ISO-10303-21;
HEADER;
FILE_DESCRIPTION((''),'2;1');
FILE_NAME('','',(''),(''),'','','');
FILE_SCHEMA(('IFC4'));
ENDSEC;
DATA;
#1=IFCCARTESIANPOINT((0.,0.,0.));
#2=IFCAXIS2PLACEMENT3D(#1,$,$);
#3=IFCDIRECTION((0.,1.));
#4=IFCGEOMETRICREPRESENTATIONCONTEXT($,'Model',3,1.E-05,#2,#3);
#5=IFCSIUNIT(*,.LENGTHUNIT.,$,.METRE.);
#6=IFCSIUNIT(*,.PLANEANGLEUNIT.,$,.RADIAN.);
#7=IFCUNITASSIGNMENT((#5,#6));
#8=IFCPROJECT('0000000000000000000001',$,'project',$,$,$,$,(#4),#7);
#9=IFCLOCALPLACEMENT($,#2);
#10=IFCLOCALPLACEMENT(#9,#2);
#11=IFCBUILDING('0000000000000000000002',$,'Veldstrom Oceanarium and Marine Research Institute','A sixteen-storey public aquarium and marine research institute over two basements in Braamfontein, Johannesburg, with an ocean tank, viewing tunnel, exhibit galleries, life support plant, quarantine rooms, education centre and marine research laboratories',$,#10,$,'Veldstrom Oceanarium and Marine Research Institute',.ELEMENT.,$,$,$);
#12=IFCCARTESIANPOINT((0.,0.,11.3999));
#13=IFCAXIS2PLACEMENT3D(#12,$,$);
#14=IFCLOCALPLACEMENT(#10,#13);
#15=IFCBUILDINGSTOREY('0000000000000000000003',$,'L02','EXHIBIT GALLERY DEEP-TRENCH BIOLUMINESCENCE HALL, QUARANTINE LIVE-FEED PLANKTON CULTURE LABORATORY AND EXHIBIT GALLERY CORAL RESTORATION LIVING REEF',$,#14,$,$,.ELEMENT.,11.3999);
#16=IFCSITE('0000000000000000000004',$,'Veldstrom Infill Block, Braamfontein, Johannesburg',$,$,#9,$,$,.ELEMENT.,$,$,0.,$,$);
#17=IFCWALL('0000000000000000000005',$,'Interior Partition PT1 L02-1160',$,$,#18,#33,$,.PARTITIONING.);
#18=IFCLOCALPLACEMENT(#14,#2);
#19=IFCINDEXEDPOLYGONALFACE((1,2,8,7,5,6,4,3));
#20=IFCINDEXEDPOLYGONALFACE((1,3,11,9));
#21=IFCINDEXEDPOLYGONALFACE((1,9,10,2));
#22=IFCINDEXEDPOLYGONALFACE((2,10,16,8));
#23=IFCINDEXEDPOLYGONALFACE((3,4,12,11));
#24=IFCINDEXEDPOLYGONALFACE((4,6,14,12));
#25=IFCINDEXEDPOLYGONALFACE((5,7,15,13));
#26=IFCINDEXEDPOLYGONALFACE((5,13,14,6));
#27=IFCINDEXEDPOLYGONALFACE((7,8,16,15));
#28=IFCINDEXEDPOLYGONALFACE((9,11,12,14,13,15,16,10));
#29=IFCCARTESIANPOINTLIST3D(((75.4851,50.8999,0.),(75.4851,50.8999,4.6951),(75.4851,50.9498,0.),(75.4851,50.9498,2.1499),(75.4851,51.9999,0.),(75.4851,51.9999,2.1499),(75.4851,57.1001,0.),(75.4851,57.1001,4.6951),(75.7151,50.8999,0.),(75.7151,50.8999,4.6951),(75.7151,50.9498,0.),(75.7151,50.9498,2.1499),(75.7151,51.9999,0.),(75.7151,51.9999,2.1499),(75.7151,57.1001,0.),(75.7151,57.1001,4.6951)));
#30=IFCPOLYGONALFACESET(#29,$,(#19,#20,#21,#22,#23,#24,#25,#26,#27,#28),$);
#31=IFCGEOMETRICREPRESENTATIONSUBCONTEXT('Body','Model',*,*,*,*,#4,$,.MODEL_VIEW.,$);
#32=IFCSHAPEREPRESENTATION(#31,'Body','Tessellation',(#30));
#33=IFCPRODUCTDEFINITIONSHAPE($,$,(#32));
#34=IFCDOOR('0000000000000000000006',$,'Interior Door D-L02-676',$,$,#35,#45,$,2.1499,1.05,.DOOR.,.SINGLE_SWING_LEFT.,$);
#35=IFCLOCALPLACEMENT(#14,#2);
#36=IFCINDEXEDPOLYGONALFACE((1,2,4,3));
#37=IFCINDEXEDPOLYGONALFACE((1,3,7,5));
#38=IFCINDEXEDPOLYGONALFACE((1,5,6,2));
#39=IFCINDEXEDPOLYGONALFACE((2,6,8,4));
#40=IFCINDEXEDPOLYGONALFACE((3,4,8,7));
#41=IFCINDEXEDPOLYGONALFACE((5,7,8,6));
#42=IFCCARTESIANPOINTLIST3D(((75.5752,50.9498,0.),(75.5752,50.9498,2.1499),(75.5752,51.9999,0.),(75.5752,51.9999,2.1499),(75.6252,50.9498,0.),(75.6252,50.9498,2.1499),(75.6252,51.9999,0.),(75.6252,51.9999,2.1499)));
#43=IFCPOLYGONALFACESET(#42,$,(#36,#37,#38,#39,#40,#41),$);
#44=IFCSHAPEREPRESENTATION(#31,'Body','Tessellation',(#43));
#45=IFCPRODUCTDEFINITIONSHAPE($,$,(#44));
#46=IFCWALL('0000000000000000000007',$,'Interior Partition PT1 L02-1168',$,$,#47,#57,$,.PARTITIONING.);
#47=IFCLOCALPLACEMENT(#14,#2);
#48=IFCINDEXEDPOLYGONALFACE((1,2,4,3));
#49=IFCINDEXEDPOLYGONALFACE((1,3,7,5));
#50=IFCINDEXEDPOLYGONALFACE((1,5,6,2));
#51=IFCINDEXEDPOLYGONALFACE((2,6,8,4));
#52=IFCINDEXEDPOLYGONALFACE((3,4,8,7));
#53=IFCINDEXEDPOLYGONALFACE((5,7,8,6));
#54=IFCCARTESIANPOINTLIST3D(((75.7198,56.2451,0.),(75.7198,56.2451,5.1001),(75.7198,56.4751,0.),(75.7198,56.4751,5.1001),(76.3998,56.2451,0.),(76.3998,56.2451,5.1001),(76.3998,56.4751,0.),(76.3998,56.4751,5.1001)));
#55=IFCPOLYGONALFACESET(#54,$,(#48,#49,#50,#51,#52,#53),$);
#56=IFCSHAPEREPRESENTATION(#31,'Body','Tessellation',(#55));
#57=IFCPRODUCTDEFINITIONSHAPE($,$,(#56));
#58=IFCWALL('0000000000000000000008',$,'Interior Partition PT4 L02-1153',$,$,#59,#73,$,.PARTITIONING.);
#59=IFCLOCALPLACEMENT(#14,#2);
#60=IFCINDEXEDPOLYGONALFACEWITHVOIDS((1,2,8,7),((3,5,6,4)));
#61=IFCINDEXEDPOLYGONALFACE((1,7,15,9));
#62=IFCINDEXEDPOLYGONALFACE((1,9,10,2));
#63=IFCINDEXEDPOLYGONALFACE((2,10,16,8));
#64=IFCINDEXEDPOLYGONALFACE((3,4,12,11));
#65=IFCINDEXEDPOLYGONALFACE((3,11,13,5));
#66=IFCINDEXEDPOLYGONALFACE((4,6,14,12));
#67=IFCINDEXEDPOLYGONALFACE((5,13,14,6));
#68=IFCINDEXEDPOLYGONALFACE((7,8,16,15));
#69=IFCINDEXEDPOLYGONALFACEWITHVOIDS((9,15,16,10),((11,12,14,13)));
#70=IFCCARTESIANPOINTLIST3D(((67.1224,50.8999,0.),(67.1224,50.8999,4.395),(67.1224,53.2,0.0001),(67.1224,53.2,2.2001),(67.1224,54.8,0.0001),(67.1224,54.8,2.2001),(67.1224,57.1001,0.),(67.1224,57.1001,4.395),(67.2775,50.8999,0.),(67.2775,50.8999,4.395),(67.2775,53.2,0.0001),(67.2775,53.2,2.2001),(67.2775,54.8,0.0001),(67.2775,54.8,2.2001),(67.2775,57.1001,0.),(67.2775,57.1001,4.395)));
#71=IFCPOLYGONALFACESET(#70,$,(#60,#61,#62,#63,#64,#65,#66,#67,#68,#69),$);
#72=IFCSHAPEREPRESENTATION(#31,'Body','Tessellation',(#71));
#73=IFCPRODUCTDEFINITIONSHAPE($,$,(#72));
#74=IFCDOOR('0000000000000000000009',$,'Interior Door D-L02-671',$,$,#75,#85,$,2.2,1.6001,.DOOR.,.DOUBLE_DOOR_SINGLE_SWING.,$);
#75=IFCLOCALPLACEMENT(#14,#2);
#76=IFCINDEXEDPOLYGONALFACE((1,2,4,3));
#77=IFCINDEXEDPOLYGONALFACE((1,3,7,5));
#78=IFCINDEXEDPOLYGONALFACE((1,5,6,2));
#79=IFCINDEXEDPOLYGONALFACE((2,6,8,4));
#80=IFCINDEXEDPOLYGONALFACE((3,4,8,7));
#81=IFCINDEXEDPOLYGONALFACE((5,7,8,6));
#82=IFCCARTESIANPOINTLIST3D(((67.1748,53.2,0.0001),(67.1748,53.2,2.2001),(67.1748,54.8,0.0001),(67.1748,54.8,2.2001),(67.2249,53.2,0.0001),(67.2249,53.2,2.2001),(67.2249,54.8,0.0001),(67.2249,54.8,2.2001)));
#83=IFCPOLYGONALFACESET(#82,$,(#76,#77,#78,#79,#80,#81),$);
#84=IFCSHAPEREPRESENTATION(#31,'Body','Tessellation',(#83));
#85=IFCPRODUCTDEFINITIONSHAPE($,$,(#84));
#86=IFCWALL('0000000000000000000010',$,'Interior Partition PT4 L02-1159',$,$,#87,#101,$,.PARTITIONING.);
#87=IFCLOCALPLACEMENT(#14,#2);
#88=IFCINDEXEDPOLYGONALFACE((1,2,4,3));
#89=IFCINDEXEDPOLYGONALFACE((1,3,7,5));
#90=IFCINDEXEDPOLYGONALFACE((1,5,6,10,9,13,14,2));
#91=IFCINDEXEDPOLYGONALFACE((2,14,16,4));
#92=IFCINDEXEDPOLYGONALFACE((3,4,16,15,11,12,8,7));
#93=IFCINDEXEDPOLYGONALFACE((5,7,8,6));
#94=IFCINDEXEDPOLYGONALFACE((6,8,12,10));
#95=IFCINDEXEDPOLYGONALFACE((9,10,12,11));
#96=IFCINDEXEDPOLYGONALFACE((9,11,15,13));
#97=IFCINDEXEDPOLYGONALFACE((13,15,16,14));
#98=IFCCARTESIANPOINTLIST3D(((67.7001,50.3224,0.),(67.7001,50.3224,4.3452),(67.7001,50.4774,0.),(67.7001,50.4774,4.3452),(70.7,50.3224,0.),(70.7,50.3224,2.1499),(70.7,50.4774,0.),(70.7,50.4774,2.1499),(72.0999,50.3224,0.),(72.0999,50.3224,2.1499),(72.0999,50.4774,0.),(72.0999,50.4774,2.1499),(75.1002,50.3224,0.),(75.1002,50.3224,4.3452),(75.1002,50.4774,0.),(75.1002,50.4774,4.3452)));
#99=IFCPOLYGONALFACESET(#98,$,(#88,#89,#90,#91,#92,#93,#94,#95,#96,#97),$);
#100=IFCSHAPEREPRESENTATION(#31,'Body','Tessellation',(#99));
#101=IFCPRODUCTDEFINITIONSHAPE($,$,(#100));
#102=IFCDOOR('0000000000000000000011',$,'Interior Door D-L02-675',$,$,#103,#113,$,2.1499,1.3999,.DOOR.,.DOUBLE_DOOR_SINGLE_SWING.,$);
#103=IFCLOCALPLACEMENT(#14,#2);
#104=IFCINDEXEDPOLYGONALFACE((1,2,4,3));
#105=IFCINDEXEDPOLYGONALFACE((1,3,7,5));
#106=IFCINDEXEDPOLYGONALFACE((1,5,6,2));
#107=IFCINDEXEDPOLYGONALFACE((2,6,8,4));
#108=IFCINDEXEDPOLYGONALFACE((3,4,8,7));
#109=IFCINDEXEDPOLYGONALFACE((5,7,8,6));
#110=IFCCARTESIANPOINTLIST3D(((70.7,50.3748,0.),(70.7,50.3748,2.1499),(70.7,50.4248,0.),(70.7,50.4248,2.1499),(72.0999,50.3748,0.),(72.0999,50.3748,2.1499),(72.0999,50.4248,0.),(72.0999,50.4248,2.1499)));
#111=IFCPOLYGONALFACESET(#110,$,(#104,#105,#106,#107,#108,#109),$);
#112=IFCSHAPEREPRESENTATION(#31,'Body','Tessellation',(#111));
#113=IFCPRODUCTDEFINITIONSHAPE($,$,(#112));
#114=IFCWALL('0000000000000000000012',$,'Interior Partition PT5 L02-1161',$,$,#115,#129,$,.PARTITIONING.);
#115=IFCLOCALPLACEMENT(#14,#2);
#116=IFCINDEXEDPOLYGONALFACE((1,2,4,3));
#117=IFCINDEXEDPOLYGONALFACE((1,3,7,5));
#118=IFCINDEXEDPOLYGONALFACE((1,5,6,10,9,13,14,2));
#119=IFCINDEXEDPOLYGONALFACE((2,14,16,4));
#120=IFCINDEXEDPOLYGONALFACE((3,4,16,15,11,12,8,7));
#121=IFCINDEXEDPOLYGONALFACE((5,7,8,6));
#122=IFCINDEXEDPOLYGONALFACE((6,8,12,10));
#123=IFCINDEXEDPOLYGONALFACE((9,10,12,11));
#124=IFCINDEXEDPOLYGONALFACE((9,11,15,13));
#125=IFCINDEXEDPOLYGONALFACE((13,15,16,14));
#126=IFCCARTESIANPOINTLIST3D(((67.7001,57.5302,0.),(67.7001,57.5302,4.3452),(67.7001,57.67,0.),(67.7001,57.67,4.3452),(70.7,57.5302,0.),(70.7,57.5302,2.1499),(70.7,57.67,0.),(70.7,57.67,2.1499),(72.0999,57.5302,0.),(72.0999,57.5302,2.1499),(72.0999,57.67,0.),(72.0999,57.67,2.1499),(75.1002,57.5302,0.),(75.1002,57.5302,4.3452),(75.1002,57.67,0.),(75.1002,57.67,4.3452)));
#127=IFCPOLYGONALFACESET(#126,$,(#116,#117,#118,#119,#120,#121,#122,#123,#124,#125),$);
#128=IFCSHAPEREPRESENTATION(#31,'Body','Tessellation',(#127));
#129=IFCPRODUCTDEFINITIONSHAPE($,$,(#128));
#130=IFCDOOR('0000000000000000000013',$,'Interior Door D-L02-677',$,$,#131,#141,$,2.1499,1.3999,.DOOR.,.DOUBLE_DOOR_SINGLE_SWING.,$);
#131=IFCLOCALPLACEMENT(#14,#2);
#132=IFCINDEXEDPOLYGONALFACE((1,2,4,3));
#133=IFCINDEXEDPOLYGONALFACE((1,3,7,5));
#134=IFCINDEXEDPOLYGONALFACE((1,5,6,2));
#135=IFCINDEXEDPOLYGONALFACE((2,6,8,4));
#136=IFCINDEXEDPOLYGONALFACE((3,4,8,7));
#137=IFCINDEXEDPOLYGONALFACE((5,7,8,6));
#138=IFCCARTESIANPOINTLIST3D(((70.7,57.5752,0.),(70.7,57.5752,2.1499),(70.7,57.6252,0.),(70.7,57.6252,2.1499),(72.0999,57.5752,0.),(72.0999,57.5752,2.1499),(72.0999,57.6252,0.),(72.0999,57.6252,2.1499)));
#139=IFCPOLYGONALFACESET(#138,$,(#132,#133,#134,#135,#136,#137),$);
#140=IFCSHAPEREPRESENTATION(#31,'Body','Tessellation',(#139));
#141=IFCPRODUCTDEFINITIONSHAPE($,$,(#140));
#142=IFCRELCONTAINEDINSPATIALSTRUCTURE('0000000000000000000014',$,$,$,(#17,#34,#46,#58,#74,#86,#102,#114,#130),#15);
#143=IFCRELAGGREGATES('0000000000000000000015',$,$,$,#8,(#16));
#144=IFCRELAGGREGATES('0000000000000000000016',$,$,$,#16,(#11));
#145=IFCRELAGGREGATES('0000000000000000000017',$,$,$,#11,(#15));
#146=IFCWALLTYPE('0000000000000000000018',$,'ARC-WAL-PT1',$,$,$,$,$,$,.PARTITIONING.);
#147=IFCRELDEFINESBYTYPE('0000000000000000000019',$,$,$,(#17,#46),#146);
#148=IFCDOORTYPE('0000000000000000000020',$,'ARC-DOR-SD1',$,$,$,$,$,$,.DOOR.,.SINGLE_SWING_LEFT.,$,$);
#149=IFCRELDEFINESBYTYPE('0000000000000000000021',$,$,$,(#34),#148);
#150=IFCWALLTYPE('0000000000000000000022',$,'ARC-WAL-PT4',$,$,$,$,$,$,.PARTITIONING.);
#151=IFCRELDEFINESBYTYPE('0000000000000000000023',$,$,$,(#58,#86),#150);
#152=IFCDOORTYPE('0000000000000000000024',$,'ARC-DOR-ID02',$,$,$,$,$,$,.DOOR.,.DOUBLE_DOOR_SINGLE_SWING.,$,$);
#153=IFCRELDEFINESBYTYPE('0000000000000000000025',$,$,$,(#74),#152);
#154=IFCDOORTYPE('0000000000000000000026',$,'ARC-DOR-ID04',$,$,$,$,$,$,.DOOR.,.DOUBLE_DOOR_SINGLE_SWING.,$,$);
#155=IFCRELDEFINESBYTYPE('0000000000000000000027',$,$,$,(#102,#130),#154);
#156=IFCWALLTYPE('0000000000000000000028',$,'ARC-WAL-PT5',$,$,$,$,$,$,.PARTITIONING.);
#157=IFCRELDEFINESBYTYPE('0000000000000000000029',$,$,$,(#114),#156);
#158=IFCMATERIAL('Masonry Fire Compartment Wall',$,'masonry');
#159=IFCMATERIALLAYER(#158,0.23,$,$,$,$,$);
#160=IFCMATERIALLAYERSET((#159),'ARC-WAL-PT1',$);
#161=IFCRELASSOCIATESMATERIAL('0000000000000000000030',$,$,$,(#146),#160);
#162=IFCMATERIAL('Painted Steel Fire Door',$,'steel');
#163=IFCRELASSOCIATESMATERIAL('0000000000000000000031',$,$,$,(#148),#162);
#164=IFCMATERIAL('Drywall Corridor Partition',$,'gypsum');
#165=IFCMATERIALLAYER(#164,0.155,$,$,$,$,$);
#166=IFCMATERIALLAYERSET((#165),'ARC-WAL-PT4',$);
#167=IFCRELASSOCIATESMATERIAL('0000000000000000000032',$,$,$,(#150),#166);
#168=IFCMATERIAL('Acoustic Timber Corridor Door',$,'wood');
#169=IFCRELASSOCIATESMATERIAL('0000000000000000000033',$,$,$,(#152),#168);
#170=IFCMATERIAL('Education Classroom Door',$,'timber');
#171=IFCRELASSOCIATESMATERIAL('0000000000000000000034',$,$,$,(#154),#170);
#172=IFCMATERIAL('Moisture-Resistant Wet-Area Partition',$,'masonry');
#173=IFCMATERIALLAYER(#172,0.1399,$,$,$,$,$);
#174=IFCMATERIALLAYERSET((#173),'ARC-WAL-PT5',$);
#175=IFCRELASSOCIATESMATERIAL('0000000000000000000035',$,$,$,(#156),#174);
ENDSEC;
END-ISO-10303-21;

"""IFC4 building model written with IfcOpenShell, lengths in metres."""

from ifc_helpers import new_model, si_unit, direction, frame, frame_2d, origin, place, context, subcontext, project, spatial, rectangle, extrude, material, layer, layer_set, type_object, element, fill, save


model = new_model("IFC4")

# Units and contexts
model_context = context("Model", 3, precision=1e-05, world=origin(), true_north=direction((0.0, 1.0)))
body_context = subcontext(model_context, "Body", "Model", "MODEL_VIEW")
ifc_project = project(units=[si_unit("LENGTHUNIT", "METRE"), si_unit("PLANEANGLEUNIT", "RADIAN")], contexts=[model_context])

# Site, building, storey
site_placement = place(None, origin())
site = spatial("IfcSite", under=ifc_project, at=site_placement, Name="Veldstrom Infill Block, Braamfontein, Johannesburg", CompositionType="ELEMENT", RefElevation=0.0)
building_placement = place(site_placement, origin())
building = spatial("IfcBuilding", under=site, at=building_placement, Name="Veldstrom Oceanarium and Marine Research Institute", Description="A sixteen-storey public aquarium and marine research institute over two basements in Braamfontein, Johannesburg, with an ocean tank, viewing tunnel, exhibit galleries, life support plant, quarantine rooms, education centre and marine research laboratories", LongName="Veldstrom Oceanarium and Marine Research Institute", CompositionType="ELEMENT")
storey_placement = place(building_placement, frame((0.0, 0.0, 11.3999)))
storey = spatial("IfcBuildingStorey", under=building, at=storey_placement, Name="L02", Description="EXHIBIT GALLERY DEEP-TRENCH BIOLUMINESCENCE HALL, QUARANTINE LIVE-FEED PLANKTON CULTURE LABORATORY AND EXHIBIT GALLERY CORAL RESTORATION LIVING REEF", CompositionType="ELEMENT", Elevation=11.3999)

# Wall, opening, door
ifc_material_1 = material(Name="Masonry Fire Compartment Wall", Category="masonry")
ifc_layer_1 = layer(ifc_material_1, 0.23)
ifc_layer_set_1 = layer_set([ifc_layer_1], Name="ARC-WAL-PT1")
wall_type_1 = type_object("IfcWallType", Name="ARC-WAL-PT1", PredefinedType="PARTITIONING", material=ifc_layer_set_1)
wall_1_placement = place(storey_placement, frame((75.6001, 50.8999, 0.0), z_axis=(0.0, 0.0, 1.0), x_axis=(0.0, 1.0, 0.0)))
wall_1 = element("IfcWall", 1, at=wall_1_placement, inside=storey, type_object=wall_type_1, Name="Interior Partition PT1 L02-1160", PredefinedType="PARTITIONING", context=body_context, shape_type="SweptSolid", body=[
    extrude(rectangle(XDim=6.2002, YDim=0.23, at=frame_2d((3.1001, 0.0))), origin(), (0.0, 0.0, 1.0), 4.6951),
])
opening_1_placement = place(wall_1_placement, frame((0.05, 0.0, 0.0)))
opening_1 = element("IfcOpeningElement", 2, at=opening_1_placement, cuts=wall_1, PredefinedType="OPENING", context=body_context, shape_type="SweptSolid", body=[
    extrude(rectangle(XDim=1.05, YDim=2.1499, at=frame_2d((0.5249, 1.075))), frame((0.0, 0.125, 0.0), z_axis=(0.0, -1.0, 0.0), x_axis=(1.0, 0.0, 0.0)), (0.0, 0.0, 1.0), 0.25),
])
ifc_material_2 = material(Name="Painted Steel Fire Door", Category="steel")
door_type_1 = type_object("IfcDoorType", Name="ARC-DOR-SD1", OperationType="SINGLE_SWING_LEFT", PredefinedType="DOOR", material=ifc_material_2)
door_1_placement = place(opening_1_placement, origin())
door_1 = element("IfcDoor", 3, at=door_1_placement, inside=storey, type_object=door_type_1, Name="Interior Door D-L02-676", OperationType="SINGLE_SWING_LEFT", OverallHeight=2.1499, OverallWidth=1.05, PredefinedType="DOOR", context=body_context, shape_type="SweptSolid", body=[
    extrude(rectangle(XDim=1.05, YDim=2.1499, at=frame_2d((0.5249, 1.075))), frame((0.0, 0.0249, 0.0), z_axis=(0.0, -1.0, 0.0), x_axis=(1.0, 0.0, 0.0)), (0.0, 0.0, 1.0), 0.05),
])
fill(opening_1, door_1)

# Wall
wall_2_placement = place(storey_placement, frame((75.72, 56.3601, 0.0), z_axis=(0.0, 0.0, 1.0), x_axis=(1.0, 0.0, 0.0)))
element("IfcWall", 4, at=wall_2_placement, inside=storey, type_object=wall_type_1, Name="Interior Partition PT1 L02-1168", PredefinedType="PARTITIONING", context=body_context, shape_type="SweptSolid", body=[
    extrude(rectangle(XDim=0.6799, YDim=0.23, at=frame_2d((0.3398, 0.0))), origin(), (0.0, 0.0, 1.0), 5.1001),
])

# Walls, openings, doors
ifc_material_3 = material(Name="Drywall Corridor Partition", Category="gypsum")
ifc_layer_2 = layer(ifc_material_3, 0.155)
ifc_layer_set_2 = layer_set([ifc_layer_2], Name="ARC-WAL-PT4")
wall_type_2 = type_object("IfcWallType", Name="ARC-WAL-PT4", PredefinedType="PARTITIONING", material=ifc_layer_set_2)
wall_3_placement = place(storey_placement, frame((67.2, 50.8999, 0.0), z_axis=(0.0, 0.0, 1.0), x_axis=(0.0, 1.0, 0.0)))
wall_3 = element("IfcWall", 5, at=wall_3_placement, inside=storey, type_object=wall_type_2, Name="Interior Partition PT4 L02-1153", PredefinedType="PARTITIONING", context=body_context, shape_type="SweptSolid", body=[
    extrude(rectangle(XDim=6.2002, YDim=0.155, at=frame_2d((3.1001, 0.0))), origin(), (0.0, 0.0, 1.0), 4.395),
])
opening_2_placement = place(wall_3_placement, frame((2.3, 0.0, 0.0)))
opening_2 = element("IfcOpeningElement", 6, at=opening_2_placement, cuts=wall_3, PredefinedType="OPENING", context=body_context, shape_type="SweptSolid", body=[
    extrude(rectangle(XDim=1.6001, YDim=2.2, at=frame_2d((0.8, 1.1001))), frame((0.0, 0.0874, 0.0), z_axis=(0.0, -1.0, 0.0), x_axis=(1.0, 0.0, 0.0)), (0.0, 0.0, 1.0), 0.175),
])
ifc_material_4 = material(Name="Acoustic Timber Corridor Door", Category="wood")
door_type_2 = type_object("IfcDoorType", Name="ARC-DOR-ID02", OperationType="DOUBLE_DOOR_SINGLE_SWING", PredefinedType="DOOR", material=ifc_material_4)
door_2_placement = place(opening_2_placement, frame((1.6001, 0.0, 0.0), z_axis=(0.0, 0.0, 1.0), x_axis=(-1.0, 0.0, 0.0)))
door_2 = element("IfcDoor", 7, at=door_2_placement, inside=storey, type_object=door_type_2, Name="Interior Door D-L02-671", OperationType="DOUBLE_DOOR_SINGLE_SWING", OverallHeight=2.2, OverallWidth=1.6001, PredefinedType="DOOR", context=body_context, shape_type="SweptSolid", body=[
    extrude(rectangle(XDim=1.6001, YDim=2.2, at=frame_2d((0.8, 1.1001))), frame((0.0, 0.0249, 0.0), z_axis=(0.0, -1.0, 0.0), x_axis=(1.0, 0.0, 0.0)), (0.0, 0.0, 1.0), 0.05),
])
fill(opening_2, door_2)
wall_4_placement = place(storey_placement, frame((67.7, 50.3999, 0.0), z_axis=(0.0, 0.0, 1.0), x_axis=(1.0, 0.0, 0.0)))
wall_4 = element("IfcWall", 8, at=wall_4_placement, inside=storey, type_object=wall_type_2, Name="Interior Partition PT4 L02-1159", PredefinedType="PARTITIONING", context=body_context, shape_type="SweptSolid", body=[
    extrude(rectangle(XDim=7.4001, YDim=0.155, at=frame_2d((3.7002, 0.0))), origin(), (0.0, 0.0, 1.0), 4.3452),
])
opening_3_placement = place(wall_4_placement, frame((3.0, 0.0, 0.0)))
opening_3 = element("IfcOpeningElement", 9, at=opening_3_placement, cuts=wall_4, PredefinedType="OPENING", context=body_context, shape_type="SweptSolid", body=[
    extrude(rectangle(XDim=1.3999, YDim=2.1499, at=frame_2d((0.7, 1.075))), frame((0.0, 0.0874, 0.0), z_axis=(0.0, -1.0, 0.0), x_axis=(1.0, 0.0, 0.0)), (0.0, 0.0, 1.0), 0.175),
])
ifc_material_5 = material(Name="Education Classroom Door", Category="timber")
door_type_3 = type_object("IfcDoorType", Name="ARC-DOR-ID04", OperationType="DOUBLE_DOOR_SINGLE_SWING", PredefinedType="DOOR", material=ifc_material_5)
door_3_placement = place(opening_3_placement, origin())
door_3 = element("IfcDoor", 10, at=door_3_placement, inside=storey, type_object=door_type_3, Name="Interior Door D-L02-675", OperationType="DOUBLE_DOOR_SINGLE_SWING", OverallHeight=2.1499, OverallWidth=1.3999, PredefinedType="DOOR", context=body_context, shape_type="SweptSolid", body=[
    extrude(rectangle(XDim=1.3999, YDim=2.1499, at=frame_2d((0.7, 1.075))), frame((0.0, 0.0249, 0.0), z_axis=(0.0, -1.0, 0.0), x_axis=(1.0, 0.0, 0.0)), (0.0, 0.0, 1.0), 0.05),
])
fill(opening_3, door_3)
ifc_material_6 = material(Name="Moisture-Resistant Wet-Area Partition", Category="masonry")
ifc_layer_3 = layer(ifc_material_6, 0.1399)
ifc_layer_set_3 = layer_set([ifc_layer_3], Name="ARC-WAL-PT5")
wall_type_3 = type_object("IfcWallType", Name="ARC-WAL-PT5", PredefinedType="PARTITIONING", material=ifc_layer_set_3)
wall_5_placement = place(storey_placement, frame((67.7, 57.6001, 0.0), z_axis=(0.0, 0.0, 1.0), x_axis=(1.0, 0.0, 0.0)))
wall_5 = element("IfcWall", 11, at=wall_5_placement, inside=storey, type_object=wall_type_3, Name="Interior Partition PT5 L02-1161", PredefinedType="PARTITIONING", context=body_context, shape_type="SweptSolid", body=[
    extrude(rectangle(XDim=7.4001, YDim=0.1399, at=frame_2d((3.7002, 0.0))), origin(), (0.0, 0.0, 1.0), 4.3452),
])
opening_4_placement = place(wall_5_placement, frame((3.0, 0.0, 0.0)))
opening_4 = element("IfcOpeningElement", 12, at=opening_4_placement, cuts=wall_5, PredefinedType="OPENING", context=body_context, shape_type="SweptSolid", body=[
    extrude(rectangle(XDim=1.3999, YDim=2.1499, at=frame_2d((0.7, 1.075))), frame((0.0, 0.0798, 0.0), z_axis=(0.0, -1.0, 0.0), x_axis=(1.0, 0.0, 0.0)), (0.0, 0.0, 1.0), 0.1599),
])
door_4_placement = place(opening_4_placement, frame((1.3999, 0.0, 0.0), z_axis=(0.0, 0.0, 1.0), x_axis=(-1.0, 0.0, 0.0)))
door_4 = element("IfcDoor", 13, at=door_4_placement, inside=storey, type_object=door_type_3, Name="Interior Door D-L02-677", OperationType="DOUBLE_DOOR_SINGLE_SWING", OverallHeight=2.1499, OverallWidth=1.3999, PredefinedType="DOOR", context=body_context, shape_type="SweptSolid", body=[
    extrude(rectangle(XDim=1.3999, YDim=2.1499, at=frame_2d((0.7, 1.075))), frame((0.0, 0.0249, 0.0), z_axis=(0.0, -1.0, 0.0), x_axis=(1.0, 0.0, 0.0)), (0.0, 0.0, 1.0), 0.05),
])
fill(opening_4, door_4)

save(model, "model.ifc")
